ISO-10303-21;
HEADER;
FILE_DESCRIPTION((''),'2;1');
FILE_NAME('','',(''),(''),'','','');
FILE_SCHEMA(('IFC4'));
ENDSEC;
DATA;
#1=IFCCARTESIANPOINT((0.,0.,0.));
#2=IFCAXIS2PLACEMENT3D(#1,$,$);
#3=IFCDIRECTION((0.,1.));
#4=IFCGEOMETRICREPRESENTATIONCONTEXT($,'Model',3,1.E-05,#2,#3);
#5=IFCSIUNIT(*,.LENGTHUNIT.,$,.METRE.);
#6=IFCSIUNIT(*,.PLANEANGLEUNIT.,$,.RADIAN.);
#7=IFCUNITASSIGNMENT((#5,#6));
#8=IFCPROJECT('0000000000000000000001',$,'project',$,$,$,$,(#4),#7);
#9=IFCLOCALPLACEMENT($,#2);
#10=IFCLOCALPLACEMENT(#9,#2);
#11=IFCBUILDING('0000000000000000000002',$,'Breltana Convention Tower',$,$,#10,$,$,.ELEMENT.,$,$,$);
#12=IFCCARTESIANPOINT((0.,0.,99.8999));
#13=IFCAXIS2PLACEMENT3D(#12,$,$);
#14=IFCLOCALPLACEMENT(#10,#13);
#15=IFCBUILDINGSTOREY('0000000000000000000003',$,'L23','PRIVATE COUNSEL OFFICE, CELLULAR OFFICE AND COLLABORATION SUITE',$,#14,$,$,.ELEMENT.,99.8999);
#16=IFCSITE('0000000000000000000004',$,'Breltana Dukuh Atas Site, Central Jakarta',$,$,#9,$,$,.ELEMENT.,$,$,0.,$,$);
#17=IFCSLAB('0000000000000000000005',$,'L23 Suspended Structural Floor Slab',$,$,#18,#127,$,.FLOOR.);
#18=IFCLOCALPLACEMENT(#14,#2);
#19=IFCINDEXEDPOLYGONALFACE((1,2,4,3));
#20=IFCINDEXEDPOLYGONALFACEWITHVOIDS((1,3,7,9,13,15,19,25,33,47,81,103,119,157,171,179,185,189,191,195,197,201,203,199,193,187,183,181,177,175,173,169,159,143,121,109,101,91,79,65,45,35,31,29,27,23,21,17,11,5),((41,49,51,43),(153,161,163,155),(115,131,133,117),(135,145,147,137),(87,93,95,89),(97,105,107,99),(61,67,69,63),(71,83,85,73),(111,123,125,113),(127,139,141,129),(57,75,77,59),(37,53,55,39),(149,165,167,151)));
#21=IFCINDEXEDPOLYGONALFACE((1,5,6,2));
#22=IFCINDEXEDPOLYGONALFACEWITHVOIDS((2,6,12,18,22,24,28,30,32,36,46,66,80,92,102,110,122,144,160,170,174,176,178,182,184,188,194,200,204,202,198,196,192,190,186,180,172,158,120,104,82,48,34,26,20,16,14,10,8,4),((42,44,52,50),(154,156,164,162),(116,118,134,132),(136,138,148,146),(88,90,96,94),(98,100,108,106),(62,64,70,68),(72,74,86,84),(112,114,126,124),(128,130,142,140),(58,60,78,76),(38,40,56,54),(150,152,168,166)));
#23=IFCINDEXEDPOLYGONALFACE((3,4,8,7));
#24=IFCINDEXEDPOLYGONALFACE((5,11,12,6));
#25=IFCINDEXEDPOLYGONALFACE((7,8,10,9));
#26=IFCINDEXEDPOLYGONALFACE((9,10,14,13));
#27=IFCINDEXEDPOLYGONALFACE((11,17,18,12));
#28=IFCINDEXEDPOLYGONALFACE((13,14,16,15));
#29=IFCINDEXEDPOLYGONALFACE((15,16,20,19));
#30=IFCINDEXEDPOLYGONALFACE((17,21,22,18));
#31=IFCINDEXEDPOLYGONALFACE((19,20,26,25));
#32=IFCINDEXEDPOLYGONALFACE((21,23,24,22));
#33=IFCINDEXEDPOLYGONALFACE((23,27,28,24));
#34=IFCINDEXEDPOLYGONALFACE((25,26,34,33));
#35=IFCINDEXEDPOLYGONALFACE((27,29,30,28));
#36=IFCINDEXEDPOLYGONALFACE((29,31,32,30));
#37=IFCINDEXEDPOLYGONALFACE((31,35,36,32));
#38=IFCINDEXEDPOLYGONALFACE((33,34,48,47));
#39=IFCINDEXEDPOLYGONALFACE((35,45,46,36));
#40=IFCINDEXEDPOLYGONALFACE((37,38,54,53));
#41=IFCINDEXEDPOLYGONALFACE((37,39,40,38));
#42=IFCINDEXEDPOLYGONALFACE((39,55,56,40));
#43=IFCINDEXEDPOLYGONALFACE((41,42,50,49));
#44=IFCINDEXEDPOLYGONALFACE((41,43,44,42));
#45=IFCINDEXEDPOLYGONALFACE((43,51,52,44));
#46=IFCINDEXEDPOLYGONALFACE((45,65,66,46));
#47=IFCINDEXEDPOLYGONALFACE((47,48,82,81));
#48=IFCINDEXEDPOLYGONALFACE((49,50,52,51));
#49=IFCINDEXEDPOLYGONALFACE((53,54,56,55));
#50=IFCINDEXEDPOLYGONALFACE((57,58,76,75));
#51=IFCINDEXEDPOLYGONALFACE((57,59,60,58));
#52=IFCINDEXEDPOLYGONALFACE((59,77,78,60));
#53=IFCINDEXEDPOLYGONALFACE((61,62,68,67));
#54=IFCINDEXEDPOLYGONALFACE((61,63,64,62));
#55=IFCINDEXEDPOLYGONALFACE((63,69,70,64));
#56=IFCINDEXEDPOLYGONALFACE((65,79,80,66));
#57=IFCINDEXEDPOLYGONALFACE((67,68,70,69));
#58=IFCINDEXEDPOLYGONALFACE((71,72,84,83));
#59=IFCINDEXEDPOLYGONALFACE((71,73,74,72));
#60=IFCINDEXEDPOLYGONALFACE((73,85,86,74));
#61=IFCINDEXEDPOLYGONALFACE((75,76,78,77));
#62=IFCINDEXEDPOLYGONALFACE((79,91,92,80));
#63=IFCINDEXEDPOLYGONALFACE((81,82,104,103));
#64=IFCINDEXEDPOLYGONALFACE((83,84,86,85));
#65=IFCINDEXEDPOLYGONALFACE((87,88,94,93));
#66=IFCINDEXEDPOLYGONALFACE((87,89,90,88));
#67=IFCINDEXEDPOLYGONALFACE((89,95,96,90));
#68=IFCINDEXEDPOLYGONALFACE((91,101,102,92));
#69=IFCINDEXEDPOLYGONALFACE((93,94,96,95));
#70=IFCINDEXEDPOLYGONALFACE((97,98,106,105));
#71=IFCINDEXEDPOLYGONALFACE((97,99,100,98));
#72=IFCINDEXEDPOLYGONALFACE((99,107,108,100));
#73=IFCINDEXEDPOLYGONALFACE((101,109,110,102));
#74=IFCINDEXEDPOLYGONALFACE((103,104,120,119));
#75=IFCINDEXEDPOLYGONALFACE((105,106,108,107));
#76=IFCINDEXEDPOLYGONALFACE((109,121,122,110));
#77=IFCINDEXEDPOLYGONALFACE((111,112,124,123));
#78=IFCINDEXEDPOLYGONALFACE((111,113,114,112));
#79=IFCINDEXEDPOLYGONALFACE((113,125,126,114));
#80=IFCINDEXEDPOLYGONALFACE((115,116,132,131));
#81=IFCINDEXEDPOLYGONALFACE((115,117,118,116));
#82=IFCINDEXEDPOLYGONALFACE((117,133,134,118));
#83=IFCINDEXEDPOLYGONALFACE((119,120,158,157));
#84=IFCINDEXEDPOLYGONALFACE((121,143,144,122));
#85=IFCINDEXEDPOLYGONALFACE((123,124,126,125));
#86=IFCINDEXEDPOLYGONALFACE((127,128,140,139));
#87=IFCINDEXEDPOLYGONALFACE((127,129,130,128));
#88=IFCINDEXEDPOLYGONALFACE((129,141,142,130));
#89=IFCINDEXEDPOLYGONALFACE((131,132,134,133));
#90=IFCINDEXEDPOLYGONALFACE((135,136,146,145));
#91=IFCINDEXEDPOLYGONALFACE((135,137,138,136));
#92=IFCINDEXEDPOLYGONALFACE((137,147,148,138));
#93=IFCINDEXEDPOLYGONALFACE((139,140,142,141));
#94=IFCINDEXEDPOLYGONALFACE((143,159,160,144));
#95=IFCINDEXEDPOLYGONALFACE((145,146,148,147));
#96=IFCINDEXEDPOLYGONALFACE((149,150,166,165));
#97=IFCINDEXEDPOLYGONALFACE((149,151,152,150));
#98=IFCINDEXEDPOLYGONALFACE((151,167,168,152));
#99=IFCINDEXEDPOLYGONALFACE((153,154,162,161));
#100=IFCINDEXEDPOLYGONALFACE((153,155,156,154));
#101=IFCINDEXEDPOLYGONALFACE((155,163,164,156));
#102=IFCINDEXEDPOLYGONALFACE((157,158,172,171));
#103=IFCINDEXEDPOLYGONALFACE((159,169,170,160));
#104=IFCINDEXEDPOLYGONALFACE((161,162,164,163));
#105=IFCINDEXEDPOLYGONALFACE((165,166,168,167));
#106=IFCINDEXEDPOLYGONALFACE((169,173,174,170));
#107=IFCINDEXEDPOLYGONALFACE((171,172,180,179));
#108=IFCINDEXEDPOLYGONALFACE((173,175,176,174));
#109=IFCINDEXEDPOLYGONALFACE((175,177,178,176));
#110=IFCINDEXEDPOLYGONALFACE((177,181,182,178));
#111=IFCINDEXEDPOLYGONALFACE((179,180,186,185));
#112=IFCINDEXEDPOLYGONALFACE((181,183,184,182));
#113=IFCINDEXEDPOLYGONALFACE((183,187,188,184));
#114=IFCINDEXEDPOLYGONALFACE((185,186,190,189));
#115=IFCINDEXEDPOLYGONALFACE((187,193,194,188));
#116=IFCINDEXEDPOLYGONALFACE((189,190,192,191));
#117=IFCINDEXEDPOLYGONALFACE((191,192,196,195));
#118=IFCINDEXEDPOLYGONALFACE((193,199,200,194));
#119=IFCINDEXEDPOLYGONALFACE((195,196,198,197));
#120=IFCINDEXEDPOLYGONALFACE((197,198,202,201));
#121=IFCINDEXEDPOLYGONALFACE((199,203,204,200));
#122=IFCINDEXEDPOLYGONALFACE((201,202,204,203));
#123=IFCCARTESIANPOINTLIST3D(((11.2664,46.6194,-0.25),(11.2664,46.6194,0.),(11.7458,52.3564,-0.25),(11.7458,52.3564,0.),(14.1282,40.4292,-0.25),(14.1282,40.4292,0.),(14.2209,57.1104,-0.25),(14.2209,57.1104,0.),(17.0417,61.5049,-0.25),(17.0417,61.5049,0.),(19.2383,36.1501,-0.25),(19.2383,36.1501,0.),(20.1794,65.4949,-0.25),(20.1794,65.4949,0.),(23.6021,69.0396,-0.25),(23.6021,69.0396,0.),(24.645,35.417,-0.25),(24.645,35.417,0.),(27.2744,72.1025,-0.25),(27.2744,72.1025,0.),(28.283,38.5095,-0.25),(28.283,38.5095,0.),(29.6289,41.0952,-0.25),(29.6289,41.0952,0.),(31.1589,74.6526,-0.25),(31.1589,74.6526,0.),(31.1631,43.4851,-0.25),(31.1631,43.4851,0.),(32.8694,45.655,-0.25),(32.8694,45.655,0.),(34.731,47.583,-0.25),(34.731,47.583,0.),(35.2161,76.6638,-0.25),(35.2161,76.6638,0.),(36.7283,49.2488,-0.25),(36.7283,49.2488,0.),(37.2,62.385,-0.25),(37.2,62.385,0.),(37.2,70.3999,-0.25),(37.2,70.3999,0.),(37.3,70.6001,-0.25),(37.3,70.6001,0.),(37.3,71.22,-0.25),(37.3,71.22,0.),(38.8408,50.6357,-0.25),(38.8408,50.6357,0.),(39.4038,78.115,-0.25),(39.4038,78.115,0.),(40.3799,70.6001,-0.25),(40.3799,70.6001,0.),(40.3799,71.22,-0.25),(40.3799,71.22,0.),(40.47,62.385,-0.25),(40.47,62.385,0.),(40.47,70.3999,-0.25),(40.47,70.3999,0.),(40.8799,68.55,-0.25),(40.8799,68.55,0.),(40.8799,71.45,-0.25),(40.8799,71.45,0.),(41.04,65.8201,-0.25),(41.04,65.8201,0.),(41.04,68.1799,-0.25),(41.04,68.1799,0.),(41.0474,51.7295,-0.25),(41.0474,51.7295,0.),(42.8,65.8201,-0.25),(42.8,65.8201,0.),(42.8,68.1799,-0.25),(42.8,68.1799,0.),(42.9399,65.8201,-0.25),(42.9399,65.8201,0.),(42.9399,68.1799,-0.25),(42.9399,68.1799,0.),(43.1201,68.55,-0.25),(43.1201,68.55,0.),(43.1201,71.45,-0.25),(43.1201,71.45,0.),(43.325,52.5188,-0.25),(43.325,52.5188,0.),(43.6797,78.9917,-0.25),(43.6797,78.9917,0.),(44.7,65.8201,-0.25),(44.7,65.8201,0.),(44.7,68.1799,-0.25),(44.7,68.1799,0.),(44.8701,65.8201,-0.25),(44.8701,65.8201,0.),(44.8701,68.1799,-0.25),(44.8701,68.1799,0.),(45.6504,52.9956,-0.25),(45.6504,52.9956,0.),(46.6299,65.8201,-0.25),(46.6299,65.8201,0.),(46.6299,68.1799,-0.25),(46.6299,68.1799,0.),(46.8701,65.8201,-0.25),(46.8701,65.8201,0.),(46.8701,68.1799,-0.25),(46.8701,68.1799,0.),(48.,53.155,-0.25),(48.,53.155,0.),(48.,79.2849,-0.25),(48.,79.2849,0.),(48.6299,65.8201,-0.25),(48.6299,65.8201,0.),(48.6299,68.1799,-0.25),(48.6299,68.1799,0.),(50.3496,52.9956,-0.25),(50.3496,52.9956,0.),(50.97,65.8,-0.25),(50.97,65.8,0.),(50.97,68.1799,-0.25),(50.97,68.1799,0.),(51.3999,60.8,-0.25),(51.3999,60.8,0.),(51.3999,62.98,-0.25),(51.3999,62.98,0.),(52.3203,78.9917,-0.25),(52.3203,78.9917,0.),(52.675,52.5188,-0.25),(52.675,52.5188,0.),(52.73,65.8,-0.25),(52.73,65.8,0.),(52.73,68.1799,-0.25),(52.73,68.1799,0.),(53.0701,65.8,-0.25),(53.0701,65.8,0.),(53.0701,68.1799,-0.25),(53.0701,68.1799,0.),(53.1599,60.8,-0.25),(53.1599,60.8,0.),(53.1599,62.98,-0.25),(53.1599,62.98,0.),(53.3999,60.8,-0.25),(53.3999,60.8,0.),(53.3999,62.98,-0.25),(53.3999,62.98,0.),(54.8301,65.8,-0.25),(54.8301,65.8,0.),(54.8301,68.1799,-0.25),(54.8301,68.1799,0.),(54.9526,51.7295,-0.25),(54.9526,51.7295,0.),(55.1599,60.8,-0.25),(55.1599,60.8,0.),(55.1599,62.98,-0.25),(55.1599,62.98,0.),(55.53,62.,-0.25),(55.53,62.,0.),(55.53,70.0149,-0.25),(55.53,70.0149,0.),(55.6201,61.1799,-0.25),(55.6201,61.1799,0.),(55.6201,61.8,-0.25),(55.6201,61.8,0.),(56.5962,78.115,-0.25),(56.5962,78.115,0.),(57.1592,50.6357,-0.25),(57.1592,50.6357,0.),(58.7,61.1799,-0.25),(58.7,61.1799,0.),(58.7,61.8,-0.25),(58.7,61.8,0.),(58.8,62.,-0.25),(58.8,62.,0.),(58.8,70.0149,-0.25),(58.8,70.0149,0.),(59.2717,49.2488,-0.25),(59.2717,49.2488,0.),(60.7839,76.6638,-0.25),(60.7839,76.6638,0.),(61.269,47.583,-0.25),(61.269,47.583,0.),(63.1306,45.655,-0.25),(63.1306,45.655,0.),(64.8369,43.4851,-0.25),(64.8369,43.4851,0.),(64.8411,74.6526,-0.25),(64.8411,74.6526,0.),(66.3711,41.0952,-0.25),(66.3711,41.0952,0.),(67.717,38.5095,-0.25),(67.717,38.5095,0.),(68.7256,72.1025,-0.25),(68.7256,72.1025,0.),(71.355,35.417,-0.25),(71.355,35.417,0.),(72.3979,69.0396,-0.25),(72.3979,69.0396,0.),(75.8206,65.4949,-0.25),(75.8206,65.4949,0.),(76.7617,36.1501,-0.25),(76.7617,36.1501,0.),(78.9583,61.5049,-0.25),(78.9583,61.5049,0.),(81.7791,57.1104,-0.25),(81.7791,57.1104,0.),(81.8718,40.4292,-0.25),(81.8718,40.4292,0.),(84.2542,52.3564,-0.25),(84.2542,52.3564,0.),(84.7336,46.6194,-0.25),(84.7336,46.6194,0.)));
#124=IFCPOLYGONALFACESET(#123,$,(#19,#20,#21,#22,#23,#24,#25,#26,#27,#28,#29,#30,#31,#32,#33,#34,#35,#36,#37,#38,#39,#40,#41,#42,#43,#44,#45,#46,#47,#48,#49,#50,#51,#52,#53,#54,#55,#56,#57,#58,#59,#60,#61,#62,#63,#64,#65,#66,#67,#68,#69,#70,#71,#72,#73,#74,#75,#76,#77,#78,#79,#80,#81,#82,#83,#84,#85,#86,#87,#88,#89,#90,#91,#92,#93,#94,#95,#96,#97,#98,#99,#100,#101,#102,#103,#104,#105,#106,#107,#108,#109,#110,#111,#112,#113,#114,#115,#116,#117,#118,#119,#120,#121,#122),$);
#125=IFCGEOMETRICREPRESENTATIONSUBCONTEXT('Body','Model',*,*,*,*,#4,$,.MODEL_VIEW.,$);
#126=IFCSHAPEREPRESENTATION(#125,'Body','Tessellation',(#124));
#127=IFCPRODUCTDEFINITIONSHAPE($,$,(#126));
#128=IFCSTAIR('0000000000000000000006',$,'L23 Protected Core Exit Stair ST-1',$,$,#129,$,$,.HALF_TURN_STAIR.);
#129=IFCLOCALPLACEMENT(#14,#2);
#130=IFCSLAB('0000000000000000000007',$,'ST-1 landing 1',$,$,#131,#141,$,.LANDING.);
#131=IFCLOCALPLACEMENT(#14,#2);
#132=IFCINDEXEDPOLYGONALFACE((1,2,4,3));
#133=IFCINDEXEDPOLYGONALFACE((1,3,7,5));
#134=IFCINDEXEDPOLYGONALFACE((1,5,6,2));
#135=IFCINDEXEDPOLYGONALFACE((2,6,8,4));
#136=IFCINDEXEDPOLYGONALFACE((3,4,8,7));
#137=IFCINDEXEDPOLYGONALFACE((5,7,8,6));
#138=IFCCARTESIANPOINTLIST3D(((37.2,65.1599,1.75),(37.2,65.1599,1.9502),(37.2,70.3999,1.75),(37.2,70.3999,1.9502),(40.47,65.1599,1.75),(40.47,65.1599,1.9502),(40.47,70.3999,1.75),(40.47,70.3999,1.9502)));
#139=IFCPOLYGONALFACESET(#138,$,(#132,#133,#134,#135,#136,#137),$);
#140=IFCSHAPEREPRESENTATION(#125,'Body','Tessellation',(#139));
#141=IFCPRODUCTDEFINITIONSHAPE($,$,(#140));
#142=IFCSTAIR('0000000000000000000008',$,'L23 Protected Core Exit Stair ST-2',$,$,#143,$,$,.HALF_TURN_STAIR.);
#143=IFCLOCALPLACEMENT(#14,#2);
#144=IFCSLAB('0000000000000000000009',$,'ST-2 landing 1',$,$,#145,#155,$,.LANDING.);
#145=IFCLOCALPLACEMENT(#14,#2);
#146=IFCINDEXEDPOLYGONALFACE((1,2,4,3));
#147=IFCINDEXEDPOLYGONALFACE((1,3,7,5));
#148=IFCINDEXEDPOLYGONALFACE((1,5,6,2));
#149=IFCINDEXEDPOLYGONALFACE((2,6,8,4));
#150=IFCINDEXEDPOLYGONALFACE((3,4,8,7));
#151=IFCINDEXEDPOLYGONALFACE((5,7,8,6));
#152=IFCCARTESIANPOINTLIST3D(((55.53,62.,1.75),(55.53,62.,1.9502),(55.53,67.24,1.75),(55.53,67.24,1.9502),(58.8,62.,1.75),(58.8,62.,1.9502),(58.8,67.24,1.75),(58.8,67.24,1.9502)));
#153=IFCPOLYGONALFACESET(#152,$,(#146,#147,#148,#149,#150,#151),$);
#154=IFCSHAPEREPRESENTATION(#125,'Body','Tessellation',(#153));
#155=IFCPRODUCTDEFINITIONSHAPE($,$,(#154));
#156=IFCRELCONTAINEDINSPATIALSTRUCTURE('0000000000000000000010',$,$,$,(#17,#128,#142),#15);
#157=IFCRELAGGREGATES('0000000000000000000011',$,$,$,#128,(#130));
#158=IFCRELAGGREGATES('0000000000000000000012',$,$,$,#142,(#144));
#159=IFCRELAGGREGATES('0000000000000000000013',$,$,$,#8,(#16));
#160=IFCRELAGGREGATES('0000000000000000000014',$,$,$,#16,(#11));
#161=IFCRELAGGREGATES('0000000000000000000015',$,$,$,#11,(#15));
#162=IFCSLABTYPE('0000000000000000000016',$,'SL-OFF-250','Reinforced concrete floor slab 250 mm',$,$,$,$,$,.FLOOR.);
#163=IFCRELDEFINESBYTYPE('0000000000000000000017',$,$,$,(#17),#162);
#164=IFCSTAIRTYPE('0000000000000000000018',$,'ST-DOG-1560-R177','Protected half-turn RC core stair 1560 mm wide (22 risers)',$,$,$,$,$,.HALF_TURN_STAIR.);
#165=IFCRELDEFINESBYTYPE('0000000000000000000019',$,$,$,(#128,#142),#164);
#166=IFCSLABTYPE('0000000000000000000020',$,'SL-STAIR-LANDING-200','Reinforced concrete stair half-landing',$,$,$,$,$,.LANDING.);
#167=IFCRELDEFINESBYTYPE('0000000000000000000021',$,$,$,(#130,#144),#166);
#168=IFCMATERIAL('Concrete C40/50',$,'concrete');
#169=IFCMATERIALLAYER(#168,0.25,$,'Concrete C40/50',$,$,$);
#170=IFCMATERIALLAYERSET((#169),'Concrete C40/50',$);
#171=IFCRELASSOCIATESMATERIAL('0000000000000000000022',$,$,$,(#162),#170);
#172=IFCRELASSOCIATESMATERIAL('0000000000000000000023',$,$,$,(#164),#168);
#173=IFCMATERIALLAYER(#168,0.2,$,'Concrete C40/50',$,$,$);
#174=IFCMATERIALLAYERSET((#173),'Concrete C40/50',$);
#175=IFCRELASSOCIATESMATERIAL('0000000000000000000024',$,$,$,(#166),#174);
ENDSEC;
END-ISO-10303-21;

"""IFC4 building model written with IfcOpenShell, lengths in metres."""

from ifc_helpers import new_model, si_unit, direction, frame, origin, place, context, subcontext, project, spatial, polyline, outline, extrude, material, layer, layer_set, type_object, element, aggregate, save


model = new_model("IFC4")

# Units and contexts
model_context = context("Model", 3, precision=1e-05, world=origin(), true_north=direction((0.0, 1.0)))
body_context = subcontext(model_context, "Body", "Model", "MODEL_VIEW")
ifc_project = project(units=[si_unit("LENGTHUNIT", "METRE"), si_unit("PLANEANGLEUNIT", "RADIAN")], contexts=[model_context])

# Site, building, storey
site_placement = place(None, origin())
site = spatial("IfcSite", under=ifc_project, at=site_placement, Name="Breltana Dukuh Atas Site, Central Jakarta", CompositionType="ELEMENT", RefElevation=0.0)
building_placement = place(site_placement, origin())
building = spatial("IfcBuilding", under=site, at=building_placement, Name="Breltana Convention Tower", CompositionType="ELEMENT")
storey_placement = place(building_placement, frame((0.0, 0.0, 99.8999)))
storey = spatial("IfcBuildingStorey", under=building, at=storey_placement, Name="L23", Description="PRIVATE COUNSEL OFFICE, CELLULAR OFFICE AND COLLABORATION SUITE", CompositionType="ELEMENT", Elevation=99.8999)

# Slab
ifc_material_1 = material(Name="Concrete C40/50", Category="concrete")
ifc_layer_1 = layer(ifc_material_1, 0.25, Name="Concrete C40/50")
ifc_layer_set_1 = layer_set([ifc_layer_1], Name="Concrete C40/50")
slab_type_1 = type_object("IfcSlabType", Name="SL-OFF-250", Description="Reinforced concrete floor slab 250 mm", PredefinedType="FLOOR", material=ifc_layer_set_1)
slab_1_placement = place(storey_placement, frame((0.0, 0.0, -0.25)))
element("IfcSlab", 1, at=slab_1_placement, inside=storey, type_object=slab_type_1, Name="L23 Suspended Structural Floor Slab", PredefinedType="FLOOR", context=body_context, shape_type="SweptSolid", body=[
    extrude(outline(polyline([(84.2542, 52.3564), (81.7791, 57.1104), (78.9583, 61.5049), (75.8206, 65.4949), (72.3979, 69.0396), (68.7256, 72.1025), (64.8411, 74.6526), (60.7839, 76.6638), (56.5962, 78.115), (52.3203, 78.9917), (48.0, 79.2849), (43.6797, 78.9917), (39.4038, 78.115), (35.2161, 76.6638), (31.1589, 74.6526), (27.2744, 72.1025), (23.6021, 69.0396), (20.1794, 65.4949), (17.0417, 61.5049), (14.2209, 57.1104), (11.7458, 52.3564), (11.2664, 46.6194), (14.1282, 40.4292), (19.2383, 36.1501), (24.645, 35.417), (28.283, 38.5095), (29.6289, 41.0952), (31.1631, 43.4851), (32.8694, 45.655), (34.731, 47.583), (36.7283, 49.2488), (38.8408, 50.6357), (41.0474, 51.7295), (43.325, 52.5188), (45.6504, 52.9956), (48.0, 53.155), (50.3496, 52.9956), (52.675, 52.5188), (54.9526, 51.7295), (57.1592, 50.6357), (59.2717, 49.2488), (61.269, 47.583), (63.1306, 45.655), (64.8369, 43.4851), (66.3711, 41.0952), (67.717, 38.5095), (71.355, 35.417), (76.7617, 36.1501), (81.8718, 40.4292), (84.7336, 46.6194), (84.2542, 52.3564)]), holes=[polyline([(37.2, 62.385), (40.47, 62.385), (40.47, 70.3999), (37.2, 70.3999), (37.2, 62.385)]), polyline([(55.53, 62.0), (58.8, 62.0), (58.8, 70.0149), (55.53, 70.0149), (55.53, 62.0)]), polyline([(51.3999, 60.8), (53.1599, 60.8), (53.1599, 62.98), (51.3999, 62.98), (51.3999, 60.8)]), polyline([(53.3999, 60.8), (55.1599, 60.8), (55.1599, 62.98), (53.3999, 62.98), (53.3999, 60.8)]), polyline([(41.04, 65.8201), (42.8, 65.8201), (42.8, 68.1799), (41.04, 68.1799), (41.04, 65.8201)]), polyline([(42.9399, 65.8201), (44.7, 65.8201), (44.7, 68.1799), (42.9399, 68.1799), (42.9399, 65.8201)]), polyline([(44.8701, 65.8201), (46.6299, 65.8201), (46.6299, 68.1799), (44.8701, 68.1799), (44.8701, 65.8201)]), polyline([(46.8701, 65.8201), (48.6299, 65.8201), (48.6299, 68.1799), (46.8701, 68.1799), (46.8701, 65.8201)]), polyline([(50.97, 65.8), (52.73, 65.8), (52.73, 68.1799), (50.97, 68.1799), (50.97, 65.8)]), polyline([(53.0701, 65.8), (54.8301, 65.8), (54.8301, 68.1799), (53.0701, 68.1799), (53.0701, 65.8)]), polyline([(40.8799, 68.55), (43.1201, 68.55), (43.1201, 71.45), (40.8799, 71.45), (40.8799, 68.55)]), polyline([(37.3, 70.6001), (40.3799, 70.6001), (40.3799, 71.22), (37.3, 71.22), (37.3, 70.6001)]), polyline([(55.6201, 61.1799), (58.7, 61.1799), (58.7, 61.8), (55.6201, 61.8), (55.6201, 61.1799)])]), origin(), (0.0, 0.0, 1.0), 0.25),
])

# Stairs, slabs
stair_type = type_object("IfcStairType", Name="ST-DOG-1560-R177", Description="Protected half-turn RC core stair 1560 mm wide (22 risers)", PredefinedType="HALF_TURN_STAIR", material=ifc_material_1)
stair_1_placement = place(storey_placement, origin())
stair_1 = element("IfcStair", 2, at=stair_1_placement, inside=storey, type_object=stair_type, Name="L23 Protected Core Exit Stair ST-1", PredefinedType="HALF_TURN_STAIR")
ifc_layer_2 = layer(ifc_material_1, 0.2, Name="Concrete C40/50")
ifc_layer_set_2 = layer_set([ifc_layer_2], Name="Concrete C40/50")
slab_type_2 = type_object("IfcSlabType", Name="SL-STAIR-LANDING-200", Description="Reinforced concrete stair half-landing", PredefinedType="LANDING", material=ifc_layer_set_2)
slab_2_placement = place(storey_placement, frame((0.0, 0.0, 1.75)))
slab_2 = element("IfcSlab", 3, at=slab_2_placement, type_object=slab_type_2, Name="ST-1 landing 1", PredefinedType="LANDING", context=body_context, shape_type="SweptSolid", body=[
    extrude(outline(polyline([(40.47, 65.1599), (40.47, 70.3999), (37.2, 70.3999), (37.2, 65.1599), (40.47, 65.1599)])), origin(), (0.0, 0.0, 1.0), 0.2002),
])
aggregate(stair_1, [slab_2])
stair_2_placement = place(storey_placement, origin())
stair_2 = element("IfcStair", 4, at=stair_2_placement, inside=storey, type_object=stair_type, Name="L23 Protected Core Exit Stair ST-2", PredefinedType="HALF_TURN_STAIR")
slab_3_placement = place(storey_placement, frame((0.0, 0.0, 1.75)))
slab_3 = element("IfcSlab", 5, at=slab_3_placement, type_object=slab_type_2, Name="ST-2 landing 1", PredefinedType="LANDING", context=body_context, shape_type="SweptSolid", body=[
    extrude(outline(polyline([(55.53, 67.24), (55.53, 62.0), (58.8, 62.0), (58.8, 67.24), (55.53, 67.24)])), origin(), (0.0, 0.0, 1.0), 0.2002),
])
aggregate(stair_2, [slab_3])

save(model, "model.ifc")
